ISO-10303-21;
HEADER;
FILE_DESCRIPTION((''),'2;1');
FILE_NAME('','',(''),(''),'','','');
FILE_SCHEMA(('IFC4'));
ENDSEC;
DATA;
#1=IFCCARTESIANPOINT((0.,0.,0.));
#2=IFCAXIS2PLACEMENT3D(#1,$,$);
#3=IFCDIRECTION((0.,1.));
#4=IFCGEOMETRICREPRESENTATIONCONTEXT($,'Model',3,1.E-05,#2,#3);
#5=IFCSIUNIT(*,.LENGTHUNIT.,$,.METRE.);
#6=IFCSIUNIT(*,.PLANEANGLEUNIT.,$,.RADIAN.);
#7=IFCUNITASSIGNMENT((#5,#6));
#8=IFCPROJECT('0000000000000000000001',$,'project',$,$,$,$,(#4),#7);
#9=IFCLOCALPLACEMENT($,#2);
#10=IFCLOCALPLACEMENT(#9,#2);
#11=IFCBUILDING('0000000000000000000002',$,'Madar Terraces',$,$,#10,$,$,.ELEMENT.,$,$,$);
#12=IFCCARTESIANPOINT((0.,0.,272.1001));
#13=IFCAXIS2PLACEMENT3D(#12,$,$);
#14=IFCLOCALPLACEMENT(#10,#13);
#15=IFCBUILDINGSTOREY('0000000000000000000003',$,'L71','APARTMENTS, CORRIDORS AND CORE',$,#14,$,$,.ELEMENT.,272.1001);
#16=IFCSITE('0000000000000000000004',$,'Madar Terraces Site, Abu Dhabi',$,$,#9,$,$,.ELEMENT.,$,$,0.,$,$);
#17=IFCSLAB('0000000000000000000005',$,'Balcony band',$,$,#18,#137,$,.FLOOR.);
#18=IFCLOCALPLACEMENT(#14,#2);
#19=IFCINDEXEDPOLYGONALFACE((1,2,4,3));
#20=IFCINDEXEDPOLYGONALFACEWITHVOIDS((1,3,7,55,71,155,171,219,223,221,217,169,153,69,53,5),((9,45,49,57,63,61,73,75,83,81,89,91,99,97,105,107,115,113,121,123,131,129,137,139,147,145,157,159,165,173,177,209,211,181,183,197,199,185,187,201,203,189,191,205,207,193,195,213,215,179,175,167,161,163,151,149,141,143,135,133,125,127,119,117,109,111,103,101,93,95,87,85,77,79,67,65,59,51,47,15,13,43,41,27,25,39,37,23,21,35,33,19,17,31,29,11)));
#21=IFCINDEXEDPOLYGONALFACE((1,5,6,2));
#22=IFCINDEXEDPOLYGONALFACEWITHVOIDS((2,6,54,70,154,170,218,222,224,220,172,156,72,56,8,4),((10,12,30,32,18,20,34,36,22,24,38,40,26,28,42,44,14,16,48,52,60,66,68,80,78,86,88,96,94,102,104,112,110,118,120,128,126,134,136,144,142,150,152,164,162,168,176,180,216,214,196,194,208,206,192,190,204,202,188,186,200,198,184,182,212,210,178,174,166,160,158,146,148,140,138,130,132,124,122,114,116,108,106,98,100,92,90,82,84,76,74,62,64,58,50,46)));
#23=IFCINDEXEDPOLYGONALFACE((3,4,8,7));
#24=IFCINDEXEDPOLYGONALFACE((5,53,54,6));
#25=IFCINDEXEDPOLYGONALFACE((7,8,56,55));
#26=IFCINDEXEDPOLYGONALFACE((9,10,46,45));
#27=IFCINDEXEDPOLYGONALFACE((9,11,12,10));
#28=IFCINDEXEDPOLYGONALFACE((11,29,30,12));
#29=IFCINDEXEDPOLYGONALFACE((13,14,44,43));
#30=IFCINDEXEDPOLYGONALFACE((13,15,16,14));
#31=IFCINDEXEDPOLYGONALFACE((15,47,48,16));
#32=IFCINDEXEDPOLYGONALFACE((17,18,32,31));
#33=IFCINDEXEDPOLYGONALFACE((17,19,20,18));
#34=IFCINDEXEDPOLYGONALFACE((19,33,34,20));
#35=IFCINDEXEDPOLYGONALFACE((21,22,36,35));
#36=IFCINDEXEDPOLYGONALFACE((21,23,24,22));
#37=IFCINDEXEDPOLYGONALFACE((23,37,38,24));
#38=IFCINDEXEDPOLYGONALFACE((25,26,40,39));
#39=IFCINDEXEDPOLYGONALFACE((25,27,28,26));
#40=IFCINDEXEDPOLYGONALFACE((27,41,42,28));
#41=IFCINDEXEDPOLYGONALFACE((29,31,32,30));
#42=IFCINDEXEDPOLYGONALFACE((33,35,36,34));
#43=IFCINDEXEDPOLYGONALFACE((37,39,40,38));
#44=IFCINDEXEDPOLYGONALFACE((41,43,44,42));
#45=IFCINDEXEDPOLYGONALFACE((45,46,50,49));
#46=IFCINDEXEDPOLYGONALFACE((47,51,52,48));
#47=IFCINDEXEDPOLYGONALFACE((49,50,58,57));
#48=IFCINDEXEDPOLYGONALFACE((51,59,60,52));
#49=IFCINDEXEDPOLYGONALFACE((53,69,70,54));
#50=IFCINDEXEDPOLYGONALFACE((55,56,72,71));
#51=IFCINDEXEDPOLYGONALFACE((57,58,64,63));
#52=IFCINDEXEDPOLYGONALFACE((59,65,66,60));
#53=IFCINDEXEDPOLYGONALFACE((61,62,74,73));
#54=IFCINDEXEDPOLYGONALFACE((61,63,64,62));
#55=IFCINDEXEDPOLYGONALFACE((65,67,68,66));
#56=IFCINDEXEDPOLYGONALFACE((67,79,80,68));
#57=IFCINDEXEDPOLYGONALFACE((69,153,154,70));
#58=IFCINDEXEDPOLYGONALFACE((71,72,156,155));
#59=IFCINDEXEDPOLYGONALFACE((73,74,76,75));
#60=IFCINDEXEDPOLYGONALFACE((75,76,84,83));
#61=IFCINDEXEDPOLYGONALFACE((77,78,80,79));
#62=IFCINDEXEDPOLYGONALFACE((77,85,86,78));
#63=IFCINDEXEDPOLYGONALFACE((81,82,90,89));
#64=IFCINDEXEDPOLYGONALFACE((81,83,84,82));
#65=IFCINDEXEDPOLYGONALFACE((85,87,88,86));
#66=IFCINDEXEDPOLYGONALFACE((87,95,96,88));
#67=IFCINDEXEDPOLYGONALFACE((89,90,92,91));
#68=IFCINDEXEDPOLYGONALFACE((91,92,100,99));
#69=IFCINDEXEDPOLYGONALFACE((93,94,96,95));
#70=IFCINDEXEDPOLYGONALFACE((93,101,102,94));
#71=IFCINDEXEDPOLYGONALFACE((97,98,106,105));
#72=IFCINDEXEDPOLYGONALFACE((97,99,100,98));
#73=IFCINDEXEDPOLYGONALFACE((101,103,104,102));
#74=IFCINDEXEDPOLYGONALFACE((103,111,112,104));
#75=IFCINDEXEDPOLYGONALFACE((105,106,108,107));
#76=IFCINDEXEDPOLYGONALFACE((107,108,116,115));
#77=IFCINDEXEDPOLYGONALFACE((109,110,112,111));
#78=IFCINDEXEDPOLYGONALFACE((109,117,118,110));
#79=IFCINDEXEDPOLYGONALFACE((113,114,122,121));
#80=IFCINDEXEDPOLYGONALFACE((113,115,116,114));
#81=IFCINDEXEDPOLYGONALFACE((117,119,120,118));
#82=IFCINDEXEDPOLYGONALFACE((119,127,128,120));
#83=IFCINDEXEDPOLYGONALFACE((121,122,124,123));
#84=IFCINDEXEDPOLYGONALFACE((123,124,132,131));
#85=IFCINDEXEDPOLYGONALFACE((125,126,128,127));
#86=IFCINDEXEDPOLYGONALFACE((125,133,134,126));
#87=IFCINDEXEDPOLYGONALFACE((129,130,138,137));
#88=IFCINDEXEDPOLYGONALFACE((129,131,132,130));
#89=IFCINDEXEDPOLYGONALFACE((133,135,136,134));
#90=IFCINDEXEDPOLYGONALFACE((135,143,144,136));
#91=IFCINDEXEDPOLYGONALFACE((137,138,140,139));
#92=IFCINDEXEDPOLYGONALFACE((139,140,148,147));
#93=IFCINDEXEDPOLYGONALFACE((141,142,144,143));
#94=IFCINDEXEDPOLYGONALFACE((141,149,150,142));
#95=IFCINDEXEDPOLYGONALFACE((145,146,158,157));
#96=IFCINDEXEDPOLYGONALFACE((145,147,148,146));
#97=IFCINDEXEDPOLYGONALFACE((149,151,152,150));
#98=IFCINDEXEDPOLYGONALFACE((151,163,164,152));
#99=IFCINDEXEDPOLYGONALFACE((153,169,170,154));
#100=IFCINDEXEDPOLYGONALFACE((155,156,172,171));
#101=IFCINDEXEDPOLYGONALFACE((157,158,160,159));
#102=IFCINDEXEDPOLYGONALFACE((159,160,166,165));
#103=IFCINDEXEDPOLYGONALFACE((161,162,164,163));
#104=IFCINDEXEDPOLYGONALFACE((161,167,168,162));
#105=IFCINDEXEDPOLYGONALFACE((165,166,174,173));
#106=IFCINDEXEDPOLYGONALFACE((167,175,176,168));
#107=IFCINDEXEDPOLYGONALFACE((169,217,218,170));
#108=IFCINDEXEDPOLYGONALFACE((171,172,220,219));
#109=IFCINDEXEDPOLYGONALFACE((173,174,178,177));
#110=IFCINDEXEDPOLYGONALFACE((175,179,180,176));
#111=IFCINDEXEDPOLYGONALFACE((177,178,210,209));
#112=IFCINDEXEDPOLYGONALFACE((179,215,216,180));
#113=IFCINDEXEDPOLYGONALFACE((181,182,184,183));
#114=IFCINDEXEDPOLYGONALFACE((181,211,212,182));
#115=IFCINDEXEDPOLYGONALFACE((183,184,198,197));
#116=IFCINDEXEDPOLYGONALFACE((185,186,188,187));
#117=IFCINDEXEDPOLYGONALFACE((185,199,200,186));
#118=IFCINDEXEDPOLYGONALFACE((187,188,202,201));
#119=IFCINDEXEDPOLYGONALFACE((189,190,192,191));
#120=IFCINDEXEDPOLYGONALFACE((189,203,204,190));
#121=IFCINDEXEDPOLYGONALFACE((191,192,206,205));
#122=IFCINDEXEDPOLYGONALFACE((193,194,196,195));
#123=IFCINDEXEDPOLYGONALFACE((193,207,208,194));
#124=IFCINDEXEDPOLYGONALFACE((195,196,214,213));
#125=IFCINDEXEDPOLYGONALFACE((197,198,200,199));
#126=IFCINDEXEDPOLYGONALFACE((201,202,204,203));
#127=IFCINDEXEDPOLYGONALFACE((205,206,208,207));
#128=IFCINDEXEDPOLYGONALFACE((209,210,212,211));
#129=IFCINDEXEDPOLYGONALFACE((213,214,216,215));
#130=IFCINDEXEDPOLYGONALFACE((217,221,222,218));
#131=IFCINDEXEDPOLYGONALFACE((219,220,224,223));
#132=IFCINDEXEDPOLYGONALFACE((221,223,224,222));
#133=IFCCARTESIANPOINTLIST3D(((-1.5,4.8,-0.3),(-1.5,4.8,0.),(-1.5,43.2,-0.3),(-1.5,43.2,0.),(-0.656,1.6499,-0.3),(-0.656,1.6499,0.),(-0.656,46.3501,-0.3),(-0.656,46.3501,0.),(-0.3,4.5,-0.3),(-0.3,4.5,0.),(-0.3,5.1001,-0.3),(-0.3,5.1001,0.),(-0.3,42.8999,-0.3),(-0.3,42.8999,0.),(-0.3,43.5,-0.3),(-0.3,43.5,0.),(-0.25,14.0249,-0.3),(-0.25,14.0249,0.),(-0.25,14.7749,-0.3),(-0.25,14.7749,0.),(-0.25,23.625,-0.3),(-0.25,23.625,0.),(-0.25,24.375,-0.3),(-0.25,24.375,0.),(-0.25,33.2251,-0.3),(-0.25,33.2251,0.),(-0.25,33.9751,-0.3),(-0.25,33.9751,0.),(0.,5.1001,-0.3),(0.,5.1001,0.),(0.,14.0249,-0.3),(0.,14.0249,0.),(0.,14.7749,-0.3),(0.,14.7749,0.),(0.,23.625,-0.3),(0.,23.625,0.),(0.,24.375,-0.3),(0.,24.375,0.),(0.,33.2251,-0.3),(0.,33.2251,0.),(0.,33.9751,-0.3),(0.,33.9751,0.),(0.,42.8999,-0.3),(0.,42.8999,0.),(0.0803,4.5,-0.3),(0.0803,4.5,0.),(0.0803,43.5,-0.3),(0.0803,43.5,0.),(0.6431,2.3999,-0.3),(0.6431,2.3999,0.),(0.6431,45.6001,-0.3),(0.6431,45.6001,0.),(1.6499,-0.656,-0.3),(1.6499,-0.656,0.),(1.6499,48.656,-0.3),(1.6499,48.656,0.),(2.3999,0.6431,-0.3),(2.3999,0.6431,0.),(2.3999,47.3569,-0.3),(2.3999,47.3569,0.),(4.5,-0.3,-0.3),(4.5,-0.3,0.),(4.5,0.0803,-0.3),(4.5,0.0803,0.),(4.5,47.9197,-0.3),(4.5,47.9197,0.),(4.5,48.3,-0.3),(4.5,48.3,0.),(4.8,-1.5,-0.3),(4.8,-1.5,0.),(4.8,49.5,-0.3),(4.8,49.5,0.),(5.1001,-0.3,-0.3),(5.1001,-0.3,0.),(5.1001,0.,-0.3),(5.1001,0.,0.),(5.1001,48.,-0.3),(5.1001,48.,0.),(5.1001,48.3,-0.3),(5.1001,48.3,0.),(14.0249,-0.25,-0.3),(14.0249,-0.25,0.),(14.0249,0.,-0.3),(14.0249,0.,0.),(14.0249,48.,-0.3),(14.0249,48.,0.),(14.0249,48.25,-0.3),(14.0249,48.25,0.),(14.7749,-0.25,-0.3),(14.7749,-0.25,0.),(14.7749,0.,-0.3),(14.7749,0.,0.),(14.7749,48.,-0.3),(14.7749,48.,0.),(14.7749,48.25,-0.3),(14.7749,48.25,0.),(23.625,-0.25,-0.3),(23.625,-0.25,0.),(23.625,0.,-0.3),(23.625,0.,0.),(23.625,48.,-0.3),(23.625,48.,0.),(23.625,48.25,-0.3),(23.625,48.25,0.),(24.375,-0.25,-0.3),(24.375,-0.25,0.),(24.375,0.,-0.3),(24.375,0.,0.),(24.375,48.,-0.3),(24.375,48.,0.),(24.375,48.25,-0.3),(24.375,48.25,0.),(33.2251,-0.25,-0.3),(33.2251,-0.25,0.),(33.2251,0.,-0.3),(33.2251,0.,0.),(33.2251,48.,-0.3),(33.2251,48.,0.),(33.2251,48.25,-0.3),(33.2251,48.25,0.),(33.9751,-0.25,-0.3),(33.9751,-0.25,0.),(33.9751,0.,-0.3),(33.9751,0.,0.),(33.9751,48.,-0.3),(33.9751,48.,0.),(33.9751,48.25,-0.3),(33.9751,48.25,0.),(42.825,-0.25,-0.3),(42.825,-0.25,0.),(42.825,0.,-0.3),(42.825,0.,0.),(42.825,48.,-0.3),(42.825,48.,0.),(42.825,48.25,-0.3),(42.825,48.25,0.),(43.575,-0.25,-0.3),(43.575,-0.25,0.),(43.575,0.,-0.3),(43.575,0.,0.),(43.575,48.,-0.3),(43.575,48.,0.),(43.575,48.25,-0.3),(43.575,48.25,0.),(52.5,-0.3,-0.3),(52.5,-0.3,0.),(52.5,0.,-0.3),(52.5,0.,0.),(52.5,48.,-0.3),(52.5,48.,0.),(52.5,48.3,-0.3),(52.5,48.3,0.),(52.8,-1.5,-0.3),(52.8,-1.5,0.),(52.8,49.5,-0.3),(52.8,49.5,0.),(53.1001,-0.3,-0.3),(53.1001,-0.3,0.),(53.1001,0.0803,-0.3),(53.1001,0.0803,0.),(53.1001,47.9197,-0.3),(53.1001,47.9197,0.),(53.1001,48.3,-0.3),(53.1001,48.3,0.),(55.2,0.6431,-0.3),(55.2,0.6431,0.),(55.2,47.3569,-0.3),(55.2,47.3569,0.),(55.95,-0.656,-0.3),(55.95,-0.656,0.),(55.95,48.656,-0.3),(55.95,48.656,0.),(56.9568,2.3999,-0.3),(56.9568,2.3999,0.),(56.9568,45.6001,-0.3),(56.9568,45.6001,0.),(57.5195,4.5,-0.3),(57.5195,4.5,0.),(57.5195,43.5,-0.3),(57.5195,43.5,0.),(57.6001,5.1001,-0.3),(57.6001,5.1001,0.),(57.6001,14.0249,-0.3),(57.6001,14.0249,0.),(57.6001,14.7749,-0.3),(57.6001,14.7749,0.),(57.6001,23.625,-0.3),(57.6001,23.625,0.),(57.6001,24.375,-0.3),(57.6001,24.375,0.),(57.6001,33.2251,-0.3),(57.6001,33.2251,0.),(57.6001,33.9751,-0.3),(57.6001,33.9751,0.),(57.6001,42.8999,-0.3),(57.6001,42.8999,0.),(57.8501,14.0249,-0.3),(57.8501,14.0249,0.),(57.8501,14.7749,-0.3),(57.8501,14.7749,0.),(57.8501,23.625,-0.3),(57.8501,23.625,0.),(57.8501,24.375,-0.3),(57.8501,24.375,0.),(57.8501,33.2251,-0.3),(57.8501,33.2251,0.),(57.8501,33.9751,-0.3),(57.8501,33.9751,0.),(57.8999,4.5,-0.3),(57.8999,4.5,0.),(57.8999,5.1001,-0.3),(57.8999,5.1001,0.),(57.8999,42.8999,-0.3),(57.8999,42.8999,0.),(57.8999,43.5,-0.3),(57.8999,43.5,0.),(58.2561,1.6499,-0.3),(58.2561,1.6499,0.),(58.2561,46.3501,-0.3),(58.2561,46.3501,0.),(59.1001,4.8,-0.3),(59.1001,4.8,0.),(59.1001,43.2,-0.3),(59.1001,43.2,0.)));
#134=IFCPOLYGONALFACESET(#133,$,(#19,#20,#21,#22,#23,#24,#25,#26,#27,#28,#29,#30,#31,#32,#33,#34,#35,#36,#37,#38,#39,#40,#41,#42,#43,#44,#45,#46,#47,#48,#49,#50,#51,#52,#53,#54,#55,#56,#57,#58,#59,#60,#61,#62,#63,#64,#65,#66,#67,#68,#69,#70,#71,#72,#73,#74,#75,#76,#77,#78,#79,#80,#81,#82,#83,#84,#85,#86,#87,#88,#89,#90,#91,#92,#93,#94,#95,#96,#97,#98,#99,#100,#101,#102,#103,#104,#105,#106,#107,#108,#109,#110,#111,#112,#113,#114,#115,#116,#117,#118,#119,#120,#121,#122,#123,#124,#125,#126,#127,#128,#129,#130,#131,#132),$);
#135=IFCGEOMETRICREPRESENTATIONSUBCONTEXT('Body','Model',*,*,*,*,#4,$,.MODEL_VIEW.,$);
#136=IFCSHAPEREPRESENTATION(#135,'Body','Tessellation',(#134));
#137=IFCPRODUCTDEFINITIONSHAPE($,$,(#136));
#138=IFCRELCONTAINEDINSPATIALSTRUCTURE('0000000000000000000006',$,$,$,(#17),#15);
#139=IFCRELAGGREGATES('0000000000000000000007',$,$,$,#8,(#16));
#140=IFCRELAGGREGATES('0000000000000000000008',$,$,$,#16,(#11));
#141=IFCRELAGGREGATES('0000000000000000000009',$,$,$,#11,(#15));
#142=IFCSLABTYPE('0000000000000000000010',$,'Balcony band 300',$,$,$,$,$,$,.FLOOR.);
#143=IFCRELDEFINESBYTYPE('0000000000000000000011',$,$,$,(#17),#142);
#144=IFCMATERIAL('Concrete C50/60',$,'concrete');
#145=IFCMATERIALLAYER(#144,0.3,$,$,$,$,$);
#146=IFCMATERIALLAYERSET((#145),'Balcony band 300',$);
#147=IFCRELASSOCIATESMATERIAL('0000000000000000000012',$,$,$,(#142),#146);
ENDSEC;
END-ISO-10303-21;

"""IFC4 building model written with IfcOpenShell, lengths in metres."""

from ifc_helpers import new_model, si_unit, direction, frame, origin, place, context, subcontext, project, spatial, polyline, outline, extrude, material, layer, layer_set, type_object, element, save


model = new_model("IFC4")

# Units and contexts
model_context = context("Model", 3, precision=1e-05, world=origin(), true_north=direction((0.0, 1.0)))
body_context = subcontext(model_context, "Body", "Model", "MODEL_VIEW")
ifc_project = project(units=[si_unit("LENGTHUNIT", "METRE"), si_unit("PLANEANGLEUNIT", "RADIAN")], contexts=[model_context])

# Site, building, storey
site_placement = place(None, origin())
site = spatial("IfcSite", under=ifc_project, at=site_placement, Name="Madar Terraces Site, Abu Dhabi", CompositionType="ELEMENT", RefElevation=0.0)
building_placement = place(site_placement, origin())
building = spatial("IfcBuilding", under=site, at=building_placement, Name="Madar Terraces", CompositionType="ELEMENT")
storey_placement = place(building_placement, frame((0.0, 0.0, 272.1001)))
storey = spatial("IfcBuildingStorey", under=building, at=storey_placement, Name="L71", Description="APARTMENTS, CORRIDORS AND CORE", CompositionType="ELEMENT", Elevation=272.1001)

# Slab
ifc_material_1 = material(Name="Concrete C50/60", Category="concrete")
ifc_layer_1 = layer(ifc_material_1, 0.3)
ifc_layer_set_1 = layer_set([ifc_layer_1], Name="Balcony band 300")
slab_type_1 = type_object("IfcSlabType", Name="Balcony band 300", PredefinedType="FLOOR", material=ifc_layer_set_1)
slab_1_placement = place(storey_placement, frame((0.0, 0.0, -0.3)))
element("IfcSlab", 1, at=slab_1_placement, inside=storey, type_object=slab_type_1, Name="Balcony band", PredefinedType="FLOOR", context=body_context, shape_type="SweptSolid", body=[
    extrude(outline(polyline([(4.8, -1.5), (1.6499, -0.656), (-0.656, 1.6499), (-1.5, 4.8), (-1.5, 43.2), (-0.656, 46.3501), (1.6499, 48.656), (4.8, 49.5), (52.8, 49.5), (55.95, 48.656), (58.2561, 46.3501), (59.1001, 43.2), (59.1001, 4.8), (58.2561, 1.6499), (55.95, -0.656), (52.8, -1.5), (4.8, -1.5)]), holes=[polyline([(5.1001, -0.3), (5.1001, 0.0), (14.0249, 0.0), (14.0249, -0.25), (14.7749, -0.25), (14.7749, 0.0), (23.625, 0.0), (23.625, -0.25), (24.375, -0.25), (24.375, 0.0), (33.2251, 0.0), (33.2251, -0.25), (33.9751, -0.25), (33.9751, 0.0), (42.825, 0.0), (42.825, -0.25), (43.575, -0.25), (43.575, 0.0), (52.5, 0.0), (52.5, -0.3), (53.1001, -0.3), (53.1001, 0.0803), (55.2, 0.6431), (56.9568, 2.3999), (57.5195, 4.5), (57.8999, 4.5), (57.8999, 5.1001), (57.6001, 5.1001), (57.6001, 14.0249), (57.8501, 14.0249), (57.8501, 14.7749), (57.6001, 14.7749), (57.6001, 23.625), (57.8501, 23.625), (57.8501, 24.375), (57.6001, 24.375), (57.6001, 33.2251), (57.8501, 33.2251), (57.8501, 33.9751), (57.6001, 33.9751), (57.6001, 42.8999), (57.8999, 42.8999), (57.8999, 43.5), (57.5195, 43.5), (56.9568, 45.6001), (55.2, 47.3569), (53.1001, 47.9197), (53.1001, 48.3), (52.5, 48.3), (52.5, 48.0), (43.575, 48.0), (43.575, 48.25), (42.825, 48.25), (42.825, 48.0), (33.9751, 48.0), (33.9751, 48.25), (33.2251, 48.25), (33.2251, 48.0), (24.375, 48.0), (24.375, 48.25), (23.625, 48.25), (23.625, 48.0), (14.7749, 48.0), (14.7749, 48.25), (14.0249, 48.25), (14.0249, 48.0), (5.1001, 48.0), (5.1001, 48.3), (4.5, 48.3), (4.5, 47.9197), (2.3999, 47.3569), (0.6431, 45.6001), (0.0803, 43.5), (-0.3, 43.5), (-0.3, 42.8999), (0.0, 42.8999), (0.0, 33.9751), (-0.25, 33.9751), (-0.25, 33.2251), (0.0, 33.2251), (0.0, 24.375), (-0.25, 24.375), (-0.25, 23.625), (0.0, 23.625), (0.0, 14.7749), (-0.25, 14.7749), (-0.25, 14.0249), (0.0, 14.0249), (0.0, 5.1001), (-0.3, 5.1001), (-0.3, 4.5), (0.0803, 4.5), (0.6431, 2.3999), (2.3999, 0.6431), (4.5, 0.0803), (4.5, -0.3), (5.1001, -0.3)])]), origin(), (0.0, 0.0, 1.0), 0.3),
])

save(model, "model.ifc")
